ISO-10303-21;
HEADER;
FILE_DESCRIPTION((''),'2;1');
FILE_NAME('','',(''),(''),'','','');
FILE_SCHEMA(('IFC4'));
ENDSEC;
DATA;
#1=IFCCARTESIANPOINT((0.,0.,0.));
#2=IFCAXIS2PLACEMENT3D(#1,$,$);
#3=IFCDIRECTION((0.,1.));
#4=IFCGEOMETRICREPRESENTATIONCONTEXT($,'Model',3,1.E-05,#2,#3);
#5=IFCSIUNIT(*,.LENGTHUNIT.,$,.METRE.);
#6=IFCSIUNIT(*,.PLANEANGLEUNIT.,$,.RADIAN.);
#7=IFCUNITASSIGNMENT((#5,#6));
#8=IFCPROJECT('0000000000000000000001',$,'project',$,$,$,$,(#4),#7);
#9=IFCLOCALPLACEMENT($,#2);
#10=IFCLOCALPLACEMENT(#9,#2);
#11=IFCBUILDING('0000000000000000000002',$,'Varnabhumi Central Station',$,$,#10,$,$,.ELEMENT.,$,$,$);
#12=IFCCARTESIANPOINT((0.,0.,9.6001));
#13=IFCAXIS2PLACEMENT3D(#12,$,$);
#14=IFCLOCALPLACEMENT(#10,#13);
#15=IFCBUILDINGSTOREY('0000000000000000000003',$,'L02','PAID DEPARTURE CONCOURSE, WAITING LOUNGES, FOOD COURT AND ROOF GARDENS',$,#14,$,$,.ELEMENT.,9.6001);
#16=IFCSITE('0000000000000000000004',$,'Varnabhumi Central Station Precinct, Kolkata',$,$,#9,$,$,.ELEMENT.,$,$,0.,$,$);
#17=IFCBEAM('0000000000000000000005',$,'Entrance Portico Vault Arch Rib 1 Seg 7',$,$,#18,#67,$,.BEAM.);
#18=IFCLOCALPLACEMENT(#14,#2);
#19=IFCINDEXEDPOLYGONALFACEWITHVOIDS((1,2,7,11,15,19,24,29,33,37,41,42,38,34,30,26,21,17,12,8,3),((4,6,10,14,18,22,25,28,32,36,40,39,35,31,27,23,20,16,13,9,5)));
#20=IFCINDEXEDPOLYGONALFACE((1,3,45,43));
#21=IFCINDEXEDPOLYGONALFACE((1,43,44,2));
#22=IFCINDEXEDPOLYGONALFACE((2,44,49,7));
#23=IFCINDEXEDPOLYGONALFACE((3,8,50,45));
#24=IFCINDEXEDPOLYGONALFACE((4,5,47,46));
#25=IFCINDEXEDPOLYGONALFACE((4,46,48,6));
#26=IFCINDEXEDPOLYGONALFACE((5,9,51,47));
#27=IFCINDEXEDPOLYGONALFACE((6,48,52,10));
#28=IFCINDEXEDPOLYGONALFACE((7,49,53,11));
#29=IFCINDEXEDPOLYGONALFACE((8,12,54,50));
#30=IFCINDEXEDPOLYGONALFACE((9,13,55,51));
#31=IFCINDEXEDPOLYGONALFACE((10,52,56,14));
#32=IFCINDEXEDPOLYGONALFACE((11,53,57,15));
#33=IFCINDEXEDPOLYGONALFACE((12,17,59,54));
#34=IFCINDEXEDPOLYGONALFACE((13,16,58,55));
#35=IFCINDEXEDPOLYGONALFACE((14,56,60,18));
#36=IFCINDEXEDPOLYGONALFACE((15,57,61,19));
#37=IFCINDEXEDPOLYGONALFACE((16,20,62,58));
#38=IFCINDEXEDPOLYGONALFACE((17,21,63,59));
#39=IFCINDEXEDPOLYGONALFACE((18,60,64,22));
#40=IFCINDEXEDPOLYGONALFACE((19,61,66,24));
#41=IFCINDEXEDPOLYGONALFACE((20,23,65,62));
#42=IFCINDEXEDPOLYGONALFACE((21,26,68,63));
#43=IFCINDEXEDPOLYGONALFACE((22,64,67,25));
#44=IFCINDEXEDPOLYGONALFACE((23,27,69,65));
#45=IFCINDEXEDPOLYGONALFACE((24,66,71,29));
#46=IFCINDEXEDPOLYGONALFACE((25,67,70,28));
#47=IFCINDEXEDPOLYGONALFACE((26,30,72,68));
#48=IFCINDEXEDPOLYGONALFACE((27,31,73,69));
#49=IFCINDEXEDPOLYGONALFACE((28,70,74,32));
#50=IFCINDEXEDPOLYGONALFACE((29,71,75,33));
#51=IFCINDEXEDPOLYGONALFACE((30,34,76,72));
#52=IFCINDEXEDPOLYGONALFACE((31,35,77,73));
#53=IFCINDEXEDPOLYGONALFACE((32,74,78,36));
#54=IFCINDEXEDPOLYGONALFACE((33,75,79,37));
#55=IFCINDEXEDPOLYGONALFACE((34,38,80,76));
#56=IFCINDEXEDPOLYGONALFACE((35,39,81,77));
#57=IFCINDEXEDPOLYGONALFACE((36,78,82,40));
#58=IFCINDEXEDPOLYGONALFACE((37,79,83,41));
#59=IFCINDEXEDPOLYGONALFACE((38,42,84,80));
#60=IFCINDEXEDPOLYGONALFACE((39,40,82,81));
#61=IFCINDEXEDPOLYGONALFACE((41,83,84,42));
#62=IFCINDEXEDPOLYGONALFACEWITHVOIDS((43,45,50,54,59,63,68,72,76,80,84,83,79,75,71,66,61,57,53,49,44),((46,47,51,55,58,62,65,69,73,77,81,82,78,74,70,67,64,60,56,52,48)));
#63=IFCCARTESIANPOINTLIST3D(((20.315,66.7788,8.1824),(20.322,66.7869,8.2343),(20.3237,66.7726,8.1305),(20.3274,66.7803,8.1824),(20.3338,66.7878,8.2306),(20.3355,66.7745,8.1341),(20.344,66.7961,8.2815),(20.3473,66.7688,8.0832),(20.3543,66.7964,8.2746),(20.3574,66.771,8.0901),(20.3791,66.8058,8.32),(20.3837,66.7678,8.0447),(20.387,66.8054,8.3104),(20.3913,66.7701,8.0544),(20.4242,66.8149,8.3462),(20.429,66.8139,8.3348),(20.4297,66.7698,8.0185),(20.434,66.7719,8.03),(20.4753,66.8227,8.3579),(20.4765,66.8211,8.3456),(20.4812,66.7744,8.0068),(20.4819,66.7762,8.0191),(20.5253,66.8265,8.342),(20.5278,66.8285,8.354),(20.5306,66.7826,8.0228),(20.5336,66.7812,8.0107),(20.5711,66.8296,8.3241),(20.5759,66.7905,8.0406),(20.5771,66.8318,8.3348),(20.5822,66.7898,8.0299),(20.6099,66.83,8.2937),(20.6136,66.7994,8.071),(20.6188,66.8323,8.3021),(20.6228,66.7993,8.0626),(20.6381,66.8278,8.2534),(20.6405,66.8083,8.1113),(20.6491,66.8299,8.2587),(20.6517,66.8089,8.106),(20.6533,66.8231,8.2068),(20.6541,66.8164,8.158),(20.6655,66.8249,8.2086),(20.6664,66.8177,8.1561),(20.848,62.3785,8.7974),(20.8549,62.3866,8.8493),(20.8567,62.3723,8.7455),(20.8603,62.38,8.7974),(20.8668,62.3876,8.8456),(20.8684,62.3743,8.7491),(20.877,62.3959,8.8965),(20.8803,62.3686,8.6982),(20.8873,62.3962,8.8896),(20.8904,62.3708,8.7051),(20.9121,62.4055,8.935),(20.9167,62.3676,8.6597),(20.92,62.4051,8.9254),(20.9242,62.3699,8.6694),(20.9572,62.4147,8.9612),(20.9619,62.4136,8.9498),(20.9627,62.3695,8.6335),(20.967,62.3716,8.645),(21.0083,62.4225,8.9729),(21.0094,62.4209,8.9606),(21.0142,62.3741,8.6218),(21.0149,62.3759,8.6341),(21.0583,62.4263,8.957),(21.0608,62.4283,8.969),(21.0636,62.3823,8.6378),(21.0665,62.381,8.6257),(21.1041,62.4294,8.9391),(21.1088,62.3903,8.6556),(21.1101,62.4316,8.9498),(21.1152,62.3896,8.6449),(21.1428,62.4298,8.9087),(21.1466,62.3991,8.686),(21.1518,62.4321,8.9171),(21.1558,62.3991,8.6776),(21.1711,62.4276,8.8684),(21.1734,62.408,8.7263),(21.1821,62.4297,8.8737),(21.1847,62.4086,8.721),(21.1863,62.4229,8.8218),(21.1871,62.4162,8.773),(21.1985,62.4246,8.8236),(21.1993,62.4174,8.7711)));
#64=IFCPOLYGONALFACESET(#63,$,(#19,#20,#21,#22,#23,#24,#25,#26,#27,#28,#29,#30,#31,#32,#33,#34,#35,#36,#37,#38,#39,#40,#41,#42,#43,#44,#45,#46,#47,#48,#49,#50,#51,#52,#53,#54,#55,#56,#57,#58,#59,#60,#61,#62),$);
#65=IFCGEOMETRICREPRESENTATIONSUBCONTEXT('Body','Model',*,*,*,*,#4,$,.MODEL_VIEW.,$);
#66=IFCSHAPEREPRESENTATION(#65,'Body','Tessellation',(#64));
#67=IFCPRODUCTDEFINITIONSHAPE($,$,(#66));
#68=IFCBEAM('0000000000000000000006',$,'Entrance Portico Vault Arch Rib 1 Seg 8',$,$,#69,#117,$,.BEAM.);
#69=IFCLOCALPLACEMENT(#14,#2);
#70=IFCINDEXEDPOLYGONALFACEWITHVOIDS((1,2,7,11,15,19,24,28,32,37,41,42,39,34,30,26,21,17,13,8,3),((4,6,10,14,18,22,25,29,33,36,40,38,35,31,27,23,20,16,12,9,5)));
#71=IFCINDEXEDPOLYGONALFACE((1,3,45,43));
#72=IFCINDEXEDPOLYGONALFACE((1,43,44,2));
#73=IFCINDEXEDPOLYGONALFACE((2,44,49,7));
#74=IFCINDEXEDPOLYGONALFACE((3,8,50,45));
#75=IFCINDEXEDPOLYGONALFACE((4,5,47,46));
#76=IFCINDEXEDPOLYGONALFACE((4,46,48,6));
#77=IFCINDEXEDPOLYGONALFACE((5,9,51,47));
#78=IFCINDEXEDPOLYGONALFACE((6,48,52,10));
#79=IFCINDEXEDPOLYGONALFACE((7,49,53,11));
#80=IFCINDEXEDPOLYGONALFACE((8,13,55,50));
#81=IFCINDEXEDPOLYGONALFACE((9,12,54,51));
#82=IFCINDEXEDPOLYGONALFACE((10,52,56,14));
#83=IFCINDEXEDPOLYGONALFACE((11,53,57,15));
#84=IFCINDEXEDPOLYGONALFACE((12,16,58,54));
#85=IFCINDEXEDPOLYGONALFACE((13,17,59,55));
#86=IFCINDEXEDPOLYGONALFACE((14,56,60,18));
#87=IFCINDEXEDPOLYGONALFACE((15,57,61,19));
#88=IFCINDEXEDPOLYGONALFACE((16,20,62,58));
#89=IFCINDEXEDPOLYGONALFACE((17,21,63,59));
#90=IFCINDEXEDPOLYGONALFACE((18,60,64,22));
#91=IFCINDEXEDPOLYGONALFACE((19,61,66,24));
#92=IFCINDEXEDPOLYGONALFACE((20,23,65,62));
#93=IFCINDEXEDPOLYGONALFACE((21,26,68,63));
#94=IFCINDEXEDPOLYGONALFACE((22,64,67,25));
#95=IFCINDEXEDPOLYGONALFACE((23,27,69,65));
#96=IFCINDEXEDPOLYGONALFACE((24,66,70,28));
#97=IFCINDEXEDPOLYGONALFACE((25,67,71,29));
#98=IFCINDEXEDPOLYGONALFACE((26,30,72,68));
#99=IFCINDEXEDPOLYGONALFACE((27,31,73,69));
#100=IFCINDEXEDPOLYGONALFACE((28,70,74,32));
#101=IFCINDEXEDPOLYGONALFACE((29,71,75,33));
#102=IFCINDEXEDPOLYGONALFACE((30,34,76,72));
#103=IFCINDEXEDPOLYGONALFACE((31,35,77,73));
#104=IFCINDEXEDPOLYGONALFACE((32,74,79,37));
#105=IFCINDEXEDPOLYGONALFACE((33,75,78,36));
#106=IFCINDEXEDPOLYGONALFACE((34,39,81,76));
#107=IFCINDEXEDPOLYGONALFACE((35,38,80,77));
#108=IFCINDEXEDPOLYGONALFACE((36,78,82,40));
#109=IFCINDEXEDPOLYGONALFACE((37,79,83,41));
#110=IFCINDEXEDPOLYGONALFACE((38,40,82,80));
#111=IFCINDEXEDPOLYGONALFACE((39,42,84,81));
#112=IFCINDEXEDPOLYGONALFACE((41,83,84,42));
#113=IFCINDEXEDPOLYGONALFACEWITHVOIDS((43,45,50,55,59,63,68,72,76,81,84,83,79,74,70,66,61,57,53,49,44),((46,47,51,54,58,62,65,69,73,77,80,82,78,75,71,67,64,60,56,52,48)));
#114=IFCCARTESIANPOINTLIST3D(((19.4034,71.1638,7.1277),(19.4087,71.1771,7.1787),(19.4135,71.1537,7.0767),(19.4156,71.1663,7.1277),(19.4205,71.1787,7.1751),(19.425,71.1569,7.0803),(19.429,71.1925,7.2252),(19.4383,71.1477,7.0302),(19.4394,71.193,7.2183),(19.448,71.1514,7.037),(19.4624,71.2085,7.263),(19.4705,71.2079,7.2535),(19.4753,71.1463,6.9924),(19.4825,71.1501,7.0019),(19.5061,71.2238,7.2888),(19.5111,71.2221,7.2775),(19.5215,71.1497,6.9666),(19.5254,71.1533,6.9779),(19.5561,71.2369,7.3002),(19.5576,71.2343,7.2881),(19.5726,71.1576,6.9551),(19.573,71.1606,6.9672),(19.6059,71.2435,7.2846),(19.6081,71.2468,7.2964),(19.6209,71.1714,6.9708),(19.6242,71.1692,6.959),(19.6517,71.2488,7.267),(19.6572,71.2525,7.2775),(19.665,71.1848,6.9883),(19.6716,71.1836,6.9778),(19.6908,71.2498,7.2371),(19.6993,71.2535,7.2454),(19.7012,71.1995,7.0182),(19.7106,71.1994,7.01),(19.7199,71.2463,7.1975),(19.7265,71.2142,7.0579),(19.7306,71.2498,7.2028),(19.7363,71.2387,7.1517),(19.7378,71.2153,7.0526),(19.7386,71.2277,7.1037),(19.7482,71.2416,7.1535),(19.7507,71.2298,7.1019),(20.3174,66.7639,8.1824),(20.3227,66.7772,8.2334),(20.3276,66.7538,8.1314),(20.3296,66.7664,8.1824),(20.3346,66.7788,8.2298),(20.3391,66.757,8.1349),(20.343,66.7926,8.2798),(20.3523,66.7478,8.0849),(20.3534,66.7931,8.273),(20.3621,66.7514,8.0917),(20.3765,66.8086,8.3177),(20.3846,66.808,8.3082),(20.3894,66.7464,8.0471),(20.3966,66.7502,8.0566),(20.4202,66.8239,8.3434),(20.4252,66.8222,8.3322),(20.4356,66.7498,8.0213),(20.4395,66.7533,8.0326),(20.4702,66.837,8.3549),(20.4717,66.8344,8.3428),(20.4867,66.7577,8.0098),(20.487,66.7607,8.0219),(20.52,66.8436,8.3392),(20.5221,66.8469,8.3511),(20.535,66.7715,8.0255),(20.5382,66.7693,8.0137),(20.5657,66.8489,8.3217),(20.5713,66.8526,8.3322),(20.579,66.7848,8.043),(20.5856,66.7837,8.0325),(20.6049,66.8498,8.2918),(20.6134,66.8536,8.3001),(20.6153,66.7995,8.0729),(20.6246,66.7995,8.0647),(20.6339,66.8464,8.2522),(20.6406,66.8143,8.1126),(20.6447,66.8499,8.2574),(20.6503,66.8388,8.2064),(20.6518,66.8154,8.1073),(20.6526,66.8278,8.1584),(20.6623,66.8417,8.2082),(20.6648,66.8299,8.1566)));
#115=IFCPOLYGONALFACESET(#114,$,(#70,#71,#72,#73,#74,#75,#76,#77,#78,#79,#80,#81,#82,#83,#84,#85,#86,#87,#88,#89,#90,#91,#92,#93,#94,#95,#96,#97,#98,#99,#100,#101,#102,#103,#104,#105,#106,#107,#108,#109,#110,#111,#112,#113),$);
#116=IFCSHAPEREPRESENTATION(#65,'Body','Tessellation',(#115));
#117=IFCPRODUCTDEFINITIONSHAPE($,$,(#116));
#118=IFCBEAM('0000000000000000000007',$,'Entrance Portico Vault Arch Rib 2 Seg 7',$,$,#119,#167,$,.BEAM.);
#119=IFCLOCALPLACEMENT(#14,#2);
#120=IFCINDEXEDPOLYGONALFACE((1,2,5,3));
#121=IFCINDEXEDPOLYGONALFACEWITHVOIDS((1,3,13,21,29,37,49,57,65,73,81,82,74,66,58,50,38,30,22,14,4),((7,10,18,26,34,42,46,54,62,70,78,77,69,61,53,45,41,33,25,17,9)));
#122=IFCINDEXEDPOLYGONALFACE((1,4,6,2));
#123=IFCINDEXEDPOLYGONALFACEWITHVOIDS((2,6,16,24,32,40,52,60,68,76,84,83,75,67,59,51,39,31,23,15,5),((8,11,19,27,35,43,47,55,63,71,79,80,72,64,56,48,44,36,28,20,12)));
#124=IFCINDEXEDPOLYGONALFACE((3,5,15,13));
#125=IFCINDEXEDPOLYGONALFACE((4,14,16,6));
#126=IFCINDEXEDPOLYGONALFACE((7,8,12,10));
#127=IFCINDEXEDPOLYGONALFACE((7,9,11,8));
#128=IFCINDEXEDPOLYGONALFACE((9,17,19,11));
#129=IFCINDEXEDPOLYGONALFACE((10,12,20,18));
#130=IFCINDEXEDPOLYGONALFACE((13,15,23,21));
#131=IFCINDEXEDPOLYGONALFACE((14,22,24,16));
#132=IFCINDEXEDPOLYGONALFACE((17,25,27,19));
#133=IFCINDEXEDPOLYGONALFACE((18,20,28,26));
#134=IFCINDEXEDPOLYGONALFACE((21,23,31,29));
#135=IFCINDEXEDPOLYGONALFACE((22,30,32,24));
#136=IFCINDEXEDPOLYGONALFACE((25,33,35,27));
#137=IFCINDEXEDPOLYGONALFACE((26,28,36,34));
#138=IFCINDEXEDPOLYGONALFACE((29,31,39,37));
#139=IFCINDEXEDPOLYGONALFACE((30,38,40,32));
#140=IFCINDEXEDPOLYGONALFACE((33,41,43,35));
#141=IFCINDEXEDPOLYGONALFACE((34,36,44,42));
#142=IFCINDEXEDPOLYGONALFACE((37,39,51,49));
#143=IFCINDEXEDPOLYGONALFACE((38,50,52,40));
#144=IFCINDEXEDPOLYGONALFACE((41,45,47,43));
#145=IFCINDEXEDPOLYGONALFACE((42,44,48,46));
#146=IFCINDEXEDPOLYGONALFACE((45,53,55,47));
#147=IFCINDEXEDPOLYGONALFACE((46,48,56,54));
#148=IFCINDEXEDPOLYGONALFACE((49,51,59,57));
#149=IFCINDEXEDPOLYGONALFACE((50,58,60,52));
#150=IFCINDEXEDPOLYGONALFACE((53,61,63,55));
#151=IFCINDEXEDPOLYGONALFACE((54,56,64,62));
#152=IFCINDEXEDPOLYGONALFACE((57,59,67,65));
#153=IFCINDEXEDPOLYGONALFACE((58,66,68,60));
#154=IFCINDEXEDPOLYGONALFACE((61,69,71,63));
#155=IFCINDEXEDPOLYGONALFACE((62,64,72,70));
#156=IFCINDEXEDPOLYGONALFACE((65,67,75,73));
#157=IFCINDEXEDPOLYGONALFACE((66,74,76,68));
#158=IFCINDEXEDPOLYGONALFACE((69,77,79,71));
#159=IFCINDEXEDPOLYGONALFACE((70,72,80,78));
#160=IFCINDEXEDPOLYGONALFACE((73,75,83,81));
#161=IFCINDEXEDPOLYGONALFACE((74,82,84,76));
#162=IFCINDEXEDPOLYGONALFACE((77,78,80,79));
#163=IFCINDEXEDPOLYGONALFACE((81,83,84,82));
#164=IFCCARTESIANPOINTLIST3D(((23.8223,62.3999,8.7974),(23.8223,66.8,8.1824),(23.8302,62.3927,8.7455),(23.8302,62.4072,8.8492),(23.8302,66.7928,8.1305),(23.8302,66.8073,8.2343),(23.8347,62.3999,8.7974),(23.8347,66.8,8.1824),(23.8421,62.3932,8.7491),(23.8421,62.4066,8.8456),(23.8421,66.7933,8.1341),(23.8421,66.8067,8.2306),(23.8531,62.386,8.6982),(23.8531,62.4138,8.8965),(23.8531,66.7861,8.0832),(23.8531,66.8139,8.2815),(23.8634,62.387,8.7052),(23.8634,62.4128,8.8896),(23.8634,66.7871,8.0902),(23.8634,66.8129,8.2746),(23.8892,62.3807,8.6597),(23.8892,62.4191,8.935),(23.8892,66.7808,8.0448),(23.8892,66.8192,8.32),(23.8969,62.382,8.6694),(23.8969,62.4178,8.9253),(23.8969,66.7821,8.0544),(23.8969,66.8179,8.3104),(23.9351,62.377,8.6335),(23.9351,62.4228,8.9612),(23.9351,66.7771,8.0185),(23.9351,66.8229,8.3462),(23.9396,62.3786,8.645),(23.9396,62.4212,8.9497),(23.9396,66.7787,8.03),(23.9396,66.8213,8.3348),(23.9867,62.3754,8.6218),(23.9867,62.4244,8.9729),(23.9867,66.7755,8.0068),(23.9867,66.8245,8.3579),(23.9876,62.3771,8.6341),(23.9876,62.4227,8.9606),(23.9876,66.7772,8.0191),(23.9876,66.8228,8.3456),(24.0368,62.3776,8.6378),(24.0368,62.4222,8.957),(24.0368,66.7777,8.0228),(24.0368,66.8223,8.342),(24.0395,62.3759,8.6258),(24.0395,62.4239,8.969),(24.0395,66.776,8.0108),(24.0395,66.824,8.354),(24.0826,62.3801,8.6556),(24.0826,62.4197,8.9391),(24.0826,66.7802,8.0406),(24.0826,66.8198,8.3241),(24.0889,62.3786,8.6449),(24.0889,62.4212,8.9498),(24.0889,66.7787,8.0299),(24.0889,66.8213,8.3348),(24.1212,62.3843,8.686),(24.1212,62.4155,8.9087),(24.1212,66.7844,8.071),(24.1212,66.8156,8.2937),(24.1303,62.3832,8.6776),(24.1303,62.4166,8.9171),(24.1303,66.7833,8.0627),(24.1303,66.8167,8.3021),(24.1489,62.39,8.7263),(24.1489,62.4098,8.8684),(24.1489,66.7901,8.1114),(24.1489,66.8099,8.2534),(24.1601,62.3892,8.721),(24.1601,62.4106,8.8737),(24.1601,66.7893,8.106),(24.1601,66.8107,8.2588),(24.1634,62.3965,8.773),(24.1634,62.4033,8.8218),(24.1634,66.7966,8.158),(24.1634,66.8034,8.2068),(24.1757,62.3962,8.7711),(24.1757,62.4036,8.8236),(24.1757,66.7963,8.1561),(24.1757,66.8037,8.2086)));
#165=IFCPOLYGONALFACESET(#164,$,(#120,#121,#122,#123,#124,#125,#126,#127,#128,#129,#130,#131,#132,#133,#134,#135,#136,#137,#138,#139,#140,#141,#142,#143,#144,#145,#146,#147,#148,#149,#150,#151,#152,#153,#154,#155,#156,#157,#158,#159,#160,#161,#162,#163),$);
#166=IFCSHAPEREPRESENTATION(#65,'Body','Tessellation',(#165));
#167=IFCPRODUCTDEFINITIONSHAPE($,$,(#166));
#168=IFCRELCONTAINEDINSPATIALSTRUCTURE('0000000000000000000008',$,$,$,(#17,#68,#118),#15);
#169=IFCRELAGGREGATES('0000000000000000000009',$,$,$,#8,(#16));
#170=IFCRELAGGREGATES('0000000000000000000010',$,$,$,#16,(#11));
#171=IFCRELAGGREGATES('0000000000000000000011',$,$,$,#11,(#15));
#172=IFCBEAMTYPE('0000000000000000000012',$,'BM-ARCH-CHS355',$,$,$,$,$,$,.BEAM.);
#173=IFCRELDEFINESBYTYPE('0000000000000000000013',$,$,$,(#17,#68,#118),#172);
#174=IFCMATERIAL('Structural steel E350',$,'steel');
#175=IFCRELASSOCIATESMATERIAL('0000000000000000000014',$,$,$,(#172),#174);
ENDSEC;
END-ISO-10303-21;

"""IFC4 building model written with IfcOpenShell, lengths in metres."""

from ifc_helpers import new_model, si_unit, direction, frame, origin, origin_2d, place, context, subcontext, project, spatial, hollow_circle, extrude, material, material_profile, profile_set, type_object, element, save


model = new_model("IFC4")

# Units and contexts
model_context = context("Model", 3, precision=1e-05, world=origin(), true_north=direction((0.0, 1.0)))
body_context = subcontext(model_context, "Body", "Model", "MODEL_VIEW")
ifc_project = project(units=[si_unit("LENGTHUNIT", "METRE"), si_unit("PLANEANGLEUNIT", "RADIAN")], contexts=[model_context])

# Site, building, storey
site_placement = place(None, origin())
site = spatial("IfcSite", under=ifc_project, at=site_placement, Name="Varnabhumi Central Station Precinct, Kolkata", CompositionType="ELEMENT", RefElevation=0.0)
building_placement = place(site_placement, origin())
building = spatial("IfcBuilding", under=site, at=building_placement, Name="Varnabhumi Central Station", CompositionType="ELEMENT")
storey_placement = place(building_placement, frame((0.0, 0.0, 9.6001)))
storey = spatial("IfcBuildingStorey", under=building, at=storey_placement, Name="L02", Description="PAID DEPARTURE CONCOURSE, WAITING LOUNGES, FOOD COURT AND ROOF GARDENS", CompositionType="ELEMENT", Elevation=9.6001)

# Beams
ifc_material_1 = material(Name="Structural steel E350", Category="steel")
ifc_material_profile_1 = material_profile(ifc_material_1, hollow_circle(Radius=0.1777, WallThickness=0.0125, at=origin_2d()), Name="Structural steel E350", Category="steel")
ifc_profile_set_1 = profile_set([ifc_material_profile_1], Name="Structural steel E350")
beam_type_1 = type_object("IfcBeamType", Name="BM-ARCH-CHS355", PredefinedType="BEAM", material=ifc_profile_set_1)
beam_1_placement = place(storey_placement, frame((21.0244, 62.3999, 8.7974), z_axis=(-0.119103, 0.983324, -0.137435), x_axis=(-0.992744, -0.120244, 0.0)))
element("IfcBeam", 1, at=beam_1_placement, inside=storey, type_object=beam_type_1, Name="Entrance Portico Vault Arch Rib 1 Seg 7", PredefinedType="BEAM", context=body_context, shape_type="SweptSolid", body=[
    extrude(hollow_circle(Radius=0.1777, WallThickness=0.0125, at=origin_2d()), origin(), (0.0, 0.0, 1.0), 4.4749),
])
beam_2_placement = place(storey_placement, frame((20.4915, 66.8, 8.1824), z_axis=(-0.198023, 0.953195, -0.228488), x_axis=(-0.979095, -0.203403, 0.0)))
element("IfcBeam", 2, at=beam_2_placement, inside=storey, type_object=beam_type_1, Name="Entrance Portico Vault Arch Rib 1 Seg 8", PredefinedType="BEAM", context=body_context, shape_type="SweptSolid", body=[
    extrude(hollow_circle(Radius=0.1777, WallThickness=0.0125, at=origin_2d()), origin(), (0.0, 0.0, 1.0), 4.616),
])
beam_3_placement = place(storey_placement, frame((24.0, 62.3999, 8.7974), z_axis=(0.0, 0.990374, -0.13842), x_axis=(-1.0, 0.0, 0.0)))
element("IfcBeam", 3, at=beam_3_placement, inside=storey, type_object=beam_type_1, Name="Entrance Portico Vault Arch Rib 2 Seg 7", PredefinedType="BEAM", context=body_context, shape_type="SweptSolid", body=[
    extrude(hollow_circle(Radius=0.1777, WallThickness=0.0125, at=origin_2d()), origin(), (0.0, 0.0, 1.0), 4.4429),
])

save(model, "model.ifc")
